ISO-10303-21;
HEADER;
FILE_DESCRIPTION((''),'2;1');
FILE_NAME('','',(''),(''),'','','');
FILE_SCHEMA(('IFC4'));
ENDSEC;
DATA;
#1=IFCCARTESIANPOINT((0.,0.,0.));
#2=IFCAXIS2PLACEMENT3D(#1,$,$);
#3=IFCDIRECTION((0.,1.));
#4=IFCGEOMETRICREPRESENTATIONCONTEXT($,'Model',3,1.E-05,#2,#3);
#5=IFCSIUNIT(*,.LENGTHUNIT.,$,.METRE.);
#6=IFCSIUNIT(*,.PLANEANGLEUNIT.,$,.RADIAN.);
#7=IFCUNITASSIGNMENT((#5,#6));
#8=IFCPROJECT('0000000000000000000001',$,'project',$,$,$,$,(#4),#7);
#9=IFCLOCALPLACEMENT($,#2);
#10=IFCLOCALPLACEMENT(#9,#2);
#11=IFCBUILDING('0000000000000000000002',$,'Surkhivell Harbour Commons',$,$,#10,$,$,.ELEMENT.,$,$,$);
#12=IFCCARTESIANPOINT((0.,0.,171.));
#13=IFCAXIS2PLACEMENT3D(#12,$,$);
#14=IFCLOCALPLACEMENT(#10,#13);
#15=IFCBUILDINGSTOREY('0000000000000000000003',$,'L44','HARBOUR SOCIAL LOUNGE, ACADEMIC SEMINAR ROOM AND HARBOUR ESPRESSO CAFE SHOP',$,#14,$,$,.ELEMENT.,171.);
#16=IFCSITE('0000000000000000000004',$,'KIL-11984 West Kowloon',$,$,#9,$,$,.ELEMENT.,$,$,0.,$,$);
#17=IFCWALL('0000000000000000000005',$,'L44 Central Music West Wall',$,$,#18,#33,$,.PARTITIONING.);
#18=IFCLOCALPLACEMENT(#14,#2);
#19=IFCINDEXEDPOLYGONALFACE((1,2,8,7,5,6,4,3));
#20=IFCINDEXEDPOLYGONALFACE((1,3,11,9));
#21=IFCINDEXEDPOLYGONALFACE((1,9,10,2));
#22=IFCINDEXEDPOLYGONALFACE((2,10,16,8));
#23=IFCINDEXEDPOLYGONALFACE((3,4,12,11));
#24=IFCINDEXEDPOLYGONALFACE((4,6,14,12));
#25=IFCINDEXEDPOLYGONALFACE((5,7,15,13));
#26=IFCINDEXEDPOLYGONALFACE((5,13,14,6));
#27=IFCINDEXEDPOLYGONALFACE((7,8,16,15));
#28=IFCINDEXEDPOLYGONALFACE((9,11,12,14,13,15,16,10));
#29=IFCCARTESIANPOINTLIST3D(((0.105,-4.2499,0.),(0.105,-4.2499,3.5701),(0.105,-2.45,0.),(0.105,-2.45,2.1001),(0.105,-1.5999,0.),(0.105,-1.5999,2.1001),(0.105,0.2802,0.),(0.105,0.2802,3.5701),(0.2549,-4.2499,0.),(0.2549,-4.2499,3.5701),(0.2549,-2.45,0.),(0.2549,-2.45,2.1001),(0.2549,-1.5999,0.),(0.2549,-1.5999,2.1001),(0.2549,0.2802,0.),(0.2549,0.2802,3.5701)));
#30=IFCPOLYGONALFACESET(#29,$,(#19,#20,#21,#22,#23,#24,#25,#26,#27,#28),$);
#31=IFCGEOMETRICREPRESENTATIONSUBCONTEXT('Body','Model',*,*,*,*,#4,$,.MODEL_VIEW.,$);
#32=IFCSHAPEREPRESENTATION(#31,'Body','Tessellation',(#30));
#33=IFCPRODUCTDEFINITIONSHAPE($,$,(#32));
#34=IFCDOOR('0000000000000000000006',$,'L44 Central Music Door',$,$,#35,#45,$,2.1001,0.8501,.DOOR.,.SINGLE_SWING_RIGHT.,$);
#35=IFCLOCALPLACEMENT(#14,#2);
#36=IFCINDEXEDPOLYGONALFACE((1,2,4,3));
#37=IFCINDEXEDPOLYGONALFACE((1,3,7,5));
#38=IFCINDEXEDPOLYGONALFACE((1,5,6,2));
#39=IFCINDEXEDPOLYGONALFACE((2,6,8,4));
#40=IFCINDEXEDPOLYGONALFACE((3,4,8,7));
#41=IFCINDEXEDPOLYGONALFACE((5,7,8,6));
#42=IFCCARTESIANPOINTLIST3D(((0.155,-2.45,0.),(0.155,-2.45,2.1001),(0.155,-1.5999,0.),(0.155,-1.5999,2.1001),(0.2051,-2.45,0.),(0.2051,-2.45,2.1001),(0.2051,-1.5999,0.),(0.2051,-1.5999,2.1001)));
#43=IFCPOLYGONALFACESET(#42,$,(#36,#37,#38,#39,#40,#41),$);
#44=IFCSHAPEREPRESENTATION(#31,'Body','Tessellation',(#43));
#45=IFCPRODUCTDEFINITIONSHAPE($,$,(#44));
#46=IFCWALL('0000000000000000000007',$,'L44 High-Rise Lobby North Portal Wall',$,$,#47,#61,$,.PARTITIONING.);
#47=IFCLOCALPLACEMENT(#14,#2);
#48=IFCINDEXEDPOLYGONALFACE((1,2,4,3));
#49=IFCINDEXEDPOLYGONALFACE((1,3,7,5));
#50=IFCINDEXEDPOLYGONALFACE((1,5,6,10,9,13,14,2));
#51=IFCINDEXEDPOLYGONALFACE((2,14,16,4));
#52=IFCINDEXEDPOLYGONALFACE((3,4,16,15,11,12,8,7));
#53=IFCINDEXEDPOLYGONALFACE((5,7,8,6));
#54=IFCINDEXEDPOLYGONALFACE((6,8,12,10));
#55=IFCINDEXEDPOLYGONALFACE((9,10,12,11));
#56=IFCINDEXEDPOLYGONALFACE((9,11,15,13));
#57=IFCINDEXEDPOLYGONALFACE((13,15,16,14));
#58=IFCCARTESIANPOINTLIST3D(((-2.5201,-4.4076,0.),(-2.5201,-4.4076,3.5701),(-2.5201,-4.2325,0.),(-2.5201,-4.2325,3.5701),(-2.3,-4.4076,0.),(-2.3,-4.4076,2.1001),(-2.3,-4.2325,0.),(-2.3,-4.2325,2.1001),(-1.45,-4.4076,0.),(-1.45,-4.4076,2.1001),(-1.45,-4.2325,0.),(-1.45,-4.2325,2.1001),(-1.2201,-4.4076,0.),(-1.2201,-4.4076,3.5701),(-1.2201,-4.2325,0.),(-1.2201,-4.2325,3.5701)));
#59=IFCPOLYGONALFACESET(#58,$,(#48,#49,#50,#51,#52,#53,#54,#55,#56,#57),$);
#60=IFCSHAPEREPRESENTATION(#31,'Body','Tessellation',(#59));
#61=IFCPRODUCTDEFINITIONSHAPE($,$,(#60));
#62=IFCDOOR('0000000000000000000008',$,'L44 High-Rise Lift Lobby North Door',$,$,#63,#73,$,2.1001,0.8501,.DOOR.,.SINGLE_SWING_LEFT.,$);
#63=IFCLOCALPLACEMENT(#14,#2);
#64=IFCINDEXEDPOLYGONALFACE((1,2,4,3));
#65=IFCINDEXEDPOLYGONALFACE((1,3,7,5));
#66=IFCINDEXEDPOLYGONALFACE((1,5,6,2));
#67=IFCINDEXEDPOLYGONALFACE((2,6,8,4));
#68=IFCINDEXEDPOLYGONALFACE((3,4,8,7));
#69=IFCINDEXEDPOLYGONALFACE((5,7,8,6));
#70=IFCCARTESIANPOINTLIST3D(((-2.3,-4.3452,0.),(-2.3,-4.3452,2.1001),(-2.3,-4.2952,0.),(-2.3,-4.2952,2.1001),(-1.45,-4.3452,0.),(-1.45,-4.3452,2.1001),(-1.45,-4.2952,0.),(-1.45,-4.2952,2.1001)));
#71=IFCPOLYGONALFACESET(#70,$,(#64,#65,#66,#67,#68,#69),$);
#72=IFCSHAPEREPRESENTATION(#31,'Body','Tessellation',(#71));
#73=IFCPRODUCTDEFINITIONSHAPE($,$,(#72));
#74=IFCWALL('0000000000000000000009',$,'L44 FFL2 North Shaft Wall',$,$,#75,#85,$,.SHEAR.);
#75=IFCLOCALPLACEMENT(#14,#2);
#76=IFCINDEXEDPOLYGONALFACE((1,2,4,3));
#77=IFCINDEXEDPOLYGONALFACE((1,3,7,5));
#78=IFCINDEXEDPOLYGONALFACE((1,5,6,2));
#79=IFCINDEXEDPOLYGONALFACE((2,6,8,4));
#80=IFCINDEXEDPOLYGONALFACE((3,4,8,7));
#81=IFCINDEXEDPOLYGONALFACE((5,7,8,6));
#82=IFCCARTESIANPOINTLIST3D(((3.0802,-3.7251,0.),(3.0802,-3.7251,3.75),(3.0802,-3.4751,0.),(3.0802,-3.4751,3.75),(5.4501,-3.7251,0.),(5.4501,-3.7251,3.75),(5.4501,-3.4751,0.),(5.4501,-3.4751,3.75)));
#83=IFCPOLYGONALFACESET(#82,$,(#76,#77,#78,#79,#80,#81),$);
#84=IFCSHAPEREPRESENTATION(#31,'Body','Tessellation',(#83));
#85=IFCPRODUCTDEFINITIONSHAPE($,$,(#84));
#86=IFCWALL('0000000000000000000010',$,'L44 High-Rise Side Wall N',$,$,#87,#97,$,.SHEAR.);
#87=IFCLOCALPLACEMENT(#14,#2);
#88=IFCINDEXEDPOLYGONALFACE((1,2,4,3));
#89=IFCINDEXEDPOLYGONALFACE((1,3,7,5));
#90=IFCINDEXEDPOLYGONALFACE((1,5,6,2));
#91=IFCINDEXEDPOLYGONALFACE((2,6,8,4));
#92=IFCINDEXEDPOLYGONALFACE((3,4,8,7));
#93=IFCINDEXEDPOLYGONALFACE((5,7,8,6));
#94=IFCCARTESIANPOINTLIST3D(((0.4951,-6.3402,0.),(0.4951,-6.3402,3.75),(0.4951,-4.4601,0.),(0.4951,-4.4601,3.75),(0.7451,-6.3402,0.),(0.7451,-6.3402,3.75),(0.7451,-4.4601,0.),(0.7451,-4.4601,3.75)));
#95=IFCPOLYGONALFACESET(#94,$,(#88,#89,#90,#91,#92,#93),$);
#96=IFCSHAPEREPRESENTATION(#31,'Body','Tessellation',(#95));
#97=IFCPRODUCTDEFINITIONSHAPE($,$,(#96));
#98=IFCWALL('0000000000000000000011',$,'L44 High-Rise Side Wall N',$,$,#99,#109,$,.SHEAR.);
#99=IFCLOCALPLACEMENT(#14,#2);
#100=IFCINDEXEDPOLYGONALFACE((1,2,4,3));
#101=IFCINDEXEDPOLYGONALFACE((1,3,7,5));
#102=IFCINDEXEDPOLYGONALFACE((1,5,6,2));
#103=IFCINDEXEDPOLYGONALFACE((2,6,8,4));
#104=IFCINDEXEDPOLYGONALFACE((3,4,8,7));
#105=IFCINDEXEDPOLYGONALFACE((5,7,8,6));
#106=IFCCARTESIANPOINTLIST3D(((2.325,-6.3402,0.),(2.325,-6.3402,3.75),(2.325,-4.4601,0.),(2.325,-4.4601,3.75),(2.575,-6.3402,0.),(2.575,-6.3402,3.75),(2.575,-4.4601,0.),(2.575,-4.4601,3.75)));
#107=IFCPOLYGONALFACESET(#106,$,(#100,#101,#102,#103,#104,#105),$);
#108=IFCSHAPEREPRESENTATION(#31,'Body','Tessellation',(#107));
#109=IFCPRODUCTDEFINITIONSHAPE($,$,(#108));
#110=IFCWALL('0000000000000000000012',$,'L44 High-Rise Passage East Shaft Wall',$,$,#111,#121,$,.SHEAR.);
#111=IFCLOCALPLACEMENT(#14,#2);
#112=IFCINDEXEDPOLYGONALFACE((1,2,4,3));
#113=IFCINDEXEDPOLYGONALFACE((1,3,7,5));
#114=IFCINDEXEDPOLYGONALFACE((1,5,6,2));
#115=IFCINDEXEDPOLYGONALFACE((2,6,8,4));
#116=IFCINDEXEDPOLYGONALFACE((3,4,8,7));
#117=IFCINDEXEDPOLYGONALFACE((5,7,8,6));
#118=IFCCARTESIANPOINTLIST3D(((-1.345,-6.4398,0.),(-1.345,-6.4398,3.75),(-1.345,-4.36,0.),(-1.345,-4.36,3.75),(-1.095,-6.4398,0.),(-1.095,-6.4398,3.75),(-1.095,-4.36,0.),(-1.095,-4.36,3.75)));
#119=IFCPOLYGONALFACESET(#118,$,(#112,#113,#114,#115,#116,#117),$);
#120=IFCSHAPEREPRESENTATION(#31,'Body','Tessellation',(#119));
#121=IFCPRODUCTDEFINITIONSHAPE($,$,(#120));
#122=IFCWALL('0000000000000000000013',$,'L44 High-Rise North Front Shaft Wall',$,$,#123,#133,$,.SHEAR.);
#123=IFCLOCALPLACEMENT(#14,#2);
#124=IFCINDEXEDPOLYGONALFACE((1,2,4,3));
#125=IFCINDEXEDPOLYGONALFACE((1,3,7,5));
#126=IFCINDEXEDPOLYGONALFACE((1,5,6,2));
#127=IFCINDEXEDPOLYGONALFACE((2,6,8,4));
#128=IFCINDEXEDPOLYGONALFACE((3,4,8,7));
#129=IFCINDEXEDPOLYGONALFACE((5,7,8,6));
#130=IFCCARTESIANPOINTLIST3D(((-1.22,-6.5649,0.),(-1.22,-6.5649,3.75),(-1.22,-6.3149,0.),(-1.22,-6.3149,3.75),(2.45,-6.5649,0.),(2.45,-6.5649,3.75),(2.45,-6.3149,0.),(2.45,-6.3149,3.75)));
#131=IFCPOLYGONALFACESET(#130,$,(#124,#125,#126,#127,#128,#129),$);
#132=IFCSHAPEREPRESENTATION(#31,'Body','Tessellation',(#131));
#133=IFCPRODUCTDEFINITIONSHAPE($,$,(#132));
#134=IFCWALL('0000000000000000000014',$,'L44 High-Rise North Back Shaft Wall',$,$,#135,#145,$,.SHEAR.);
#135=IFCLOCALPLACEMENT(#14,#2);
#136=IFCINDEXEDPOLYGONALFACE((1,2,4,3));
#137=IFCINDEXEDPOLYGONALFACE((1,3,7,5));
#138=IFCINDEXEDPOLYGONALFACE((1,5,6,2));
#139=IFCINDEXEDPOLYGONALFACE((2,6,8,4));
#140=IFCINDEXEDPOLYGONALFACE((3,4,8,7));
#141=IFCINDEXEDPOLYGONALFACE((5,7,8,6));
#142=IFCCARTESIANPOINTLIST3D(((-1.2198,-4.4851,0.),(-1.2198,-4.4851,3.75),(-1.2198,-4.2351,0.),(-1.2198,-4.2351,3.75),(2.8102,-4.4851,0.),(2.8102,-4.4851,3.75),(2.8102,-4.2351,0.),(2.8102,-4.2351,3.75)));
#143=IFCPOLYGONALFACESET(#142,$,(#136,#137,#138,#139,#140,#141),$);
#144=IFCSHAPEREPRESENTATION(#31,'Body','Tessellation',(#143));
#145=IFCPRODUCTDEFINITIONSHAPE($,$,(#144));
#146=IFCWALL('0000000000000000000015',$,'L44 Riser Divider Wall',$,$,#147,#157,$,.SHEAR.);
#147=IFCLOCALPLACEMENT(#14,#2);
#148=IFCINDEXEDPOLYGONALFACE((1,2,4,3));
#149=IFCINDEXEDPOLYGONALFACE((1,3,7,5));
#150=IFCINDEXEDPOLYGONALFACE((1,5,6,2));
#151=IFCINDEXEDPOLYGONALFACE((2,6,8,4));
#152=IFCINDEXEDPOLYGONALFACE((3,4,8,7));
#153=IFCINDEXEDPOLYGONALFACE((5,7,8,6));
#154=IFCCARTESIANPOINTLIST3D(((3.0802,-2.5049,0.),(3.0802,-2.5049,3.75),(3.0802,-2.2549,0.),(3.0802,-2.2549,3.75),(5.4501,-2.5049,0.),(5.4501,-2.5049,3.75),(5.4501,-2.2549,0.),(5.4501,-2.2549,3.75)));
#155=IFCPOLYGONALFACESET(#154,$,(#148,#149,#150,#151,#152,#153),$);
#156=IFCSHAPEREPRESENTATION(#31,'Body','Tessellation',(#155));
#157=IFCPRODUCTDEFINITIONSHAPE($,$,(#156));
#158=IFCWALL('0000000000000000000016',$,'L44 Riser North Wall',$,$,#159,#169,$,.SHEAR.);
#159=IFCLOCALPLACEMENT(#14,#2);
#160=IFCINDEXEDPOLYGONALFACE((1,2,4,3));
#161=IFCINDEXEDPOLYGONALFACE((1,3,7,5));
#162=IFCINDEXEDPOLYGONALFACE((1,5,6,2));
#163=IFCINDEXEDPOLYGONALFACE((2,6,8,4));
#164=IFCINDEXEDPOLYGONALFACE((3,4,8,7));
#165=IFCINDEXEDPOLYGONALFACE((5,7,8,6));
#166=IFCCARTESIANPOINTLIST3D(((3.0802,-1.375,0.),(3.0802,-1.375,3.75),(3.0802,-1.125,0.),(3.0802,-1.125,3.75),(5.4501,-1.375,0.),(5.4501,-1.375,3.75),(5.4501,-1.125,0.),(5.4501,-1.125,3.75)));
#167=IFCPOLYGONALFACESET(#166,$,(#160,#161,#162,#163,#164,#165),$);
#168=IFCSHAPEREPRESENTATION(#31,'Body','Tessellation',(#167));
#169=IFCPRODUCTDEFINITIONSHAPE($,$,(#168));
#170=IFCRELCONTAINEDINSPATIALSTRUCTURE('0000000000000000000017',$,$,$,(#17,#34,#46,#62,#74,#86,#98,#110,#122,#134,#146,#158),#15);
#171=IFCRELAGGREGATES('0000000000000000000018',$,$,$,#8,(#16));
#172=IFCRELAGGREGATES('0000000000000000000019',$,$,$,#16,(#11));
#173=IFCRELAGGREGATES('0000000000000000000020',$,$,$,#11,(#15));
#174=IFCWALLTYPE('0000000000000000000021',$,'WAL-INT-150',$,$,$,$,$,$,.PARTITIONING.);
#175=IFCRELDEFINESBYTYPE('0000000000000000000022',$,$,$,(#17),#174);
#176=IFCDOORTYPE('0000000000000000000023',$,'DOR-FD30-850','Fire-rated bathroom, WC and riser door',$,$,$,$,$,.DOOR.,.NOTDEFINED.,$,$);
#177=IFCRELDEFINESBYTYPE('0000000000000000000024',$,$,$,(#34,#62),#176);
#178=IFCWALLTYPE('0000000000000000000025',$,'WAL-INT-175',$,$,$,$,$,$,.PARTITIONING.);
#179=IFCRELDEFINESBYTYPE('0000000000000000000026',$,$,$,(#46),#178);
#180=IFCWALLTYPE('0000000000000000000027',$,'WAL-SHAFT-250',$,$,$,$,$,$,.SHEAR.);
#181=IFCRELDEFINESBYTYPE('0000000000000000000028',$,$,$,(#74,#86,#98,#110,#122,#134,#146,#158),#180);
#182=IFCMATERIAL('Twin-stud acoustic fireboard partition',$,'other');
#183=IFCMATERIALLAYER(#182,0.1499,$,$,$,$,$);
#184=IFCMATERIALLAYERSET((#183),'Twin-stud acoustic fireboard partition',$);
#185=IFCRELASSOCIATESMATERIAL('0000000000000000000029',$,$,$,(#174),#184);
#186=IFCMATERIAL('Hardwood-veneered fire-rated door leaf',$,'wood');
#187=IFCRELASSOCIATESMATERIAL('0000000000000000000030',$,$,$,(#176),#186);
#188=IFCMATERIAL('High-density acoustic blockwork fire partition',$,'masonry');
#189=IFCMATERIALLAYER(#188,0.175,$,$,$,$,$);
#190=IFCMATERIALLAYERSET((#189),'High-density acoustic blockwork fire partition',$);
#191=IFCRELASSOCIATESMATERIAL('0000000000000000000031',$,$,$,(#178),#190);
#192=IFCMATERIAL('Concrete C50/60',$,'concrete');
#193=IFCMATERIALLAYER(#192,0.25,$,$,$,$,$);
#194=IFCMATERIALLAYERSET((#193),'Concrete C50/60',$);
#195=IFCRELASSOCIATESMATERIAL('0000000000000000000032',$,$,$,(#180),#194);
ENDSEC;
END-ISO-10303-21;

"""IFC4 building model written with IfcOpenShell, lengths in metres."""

from ifc_helpers import new_model, si_unit, direction, frame, frame_2d, origin, place, context, subcontext, project, spatial, rectangle, extrude, material, layer, layer_set, type_object, element, fill, save


model = new_model("IFC4")

# Units and contexts
model_context = context("Model", 3, precision=1e-05, world=origin(), true_north=direction((0.0, 1.0)))
body_context = subcontext(model_context, "Body", "Model", "MODEL_VIEW")
ifc_project = project(units=[si_unit("LENGTHUNIT", "METRE"), si_unit("PLANEANGLEUNIT", "RADIAN")], contexts=[model_context])

# Site, building, storey
site_placement = place(None, origin())
site = spatial("IfcSite", under=ifc_project, at=site_placement, Name="KIL-11984 West Kowloon", CompositionType="ELEMENT", RefElevation=0.0)
building_placement = place(site_placement, origin())
building = spatial("IfcBuilding", under=site, at=building_placement, Name="Surkhivell Harbour Commons", CompositionType="ELEMENT")
storey_placement = place(building_placement, frame((0.0, 0.0, 171.0)))
storey = spatial("IfcBuildingStorey", under=building, at=storey_placement, Name="L44", Description="HARBOUR SOCIAL LOUNGE, ACADEMIC SEMINAR ROOM AND HARBOUR ESPRESSO CAFE SHOP", CompositionType="ELEMENT", Elevation=171.0)

# Shared definitions
ifc_material_1 = material(Name="Concrete C50/60", Category="concrete")

# Shared definitions
ifc_material_2 = material(Name="Twin-stud acoustic fireboard partition", Category="other")
ifc_layer_1 = layer(ifc_material_2, 0.1499)
ifc_layer_set_1 = layer_set([ifc_layer_1], Name="Twin-stud acoustic fireboard partition")
wall_type_1 = type_object("IfcWallType", Name="WAL-INT-150", PredefinedType="PARTITIONING", material=ifc_layer_set_1)

# Walls, openings, doors
wall_1_placement = place(storey_placement, frame((0.1799, -4.25, 0.0), z_axis=(0.0, 0.0, 1.0), x_axis=(0.0, 1.0, 0.0)))
wall_1 = element("IfcWall", 1, at=wall_1_placement, inside=storey, type_object=wall_type_1, Name="L44 Central Music West Wall", PredefinedType="PARTITIONING", context=body_context, shape_type="SweptSolid", body=[
    extrude(rectangle(XDim=4.53, YDim=0.1499, at=frame_2d((2.2651, 0.0))), origin(), (0.0, 0.0, 1.0), 3.5701),
])
opening_1_placement = place(wall_1_placement, frame((1.8, 0.0, 0.0)))
opening_1 = element("IfcOpeningElement", 2, at=opening_1_placement, cuts=wall_1, PredefinedType="OPENING", context=body_context, shape_type="SweptSolid", body=[
    extrude(rectangle(XDim=0.8501, YDim=2.1001, at=frame_2d((0.425, 1.05))), frame((0.0, 0.085, 0.0), z_axis=(0.0, -1.0, 0.0), x_axis=(1.0, 0.0, 0.0)), (0.0, 0.0, 1.0), 0.1699),
])
ifc_material_3 = material(Name="Hardwood-veneered fire-rated door leaf", Category="wood")
door_type = type_object("IfcDoorType", Name="DOR-FD30-850", Description="Fire-rated bathroom, WC and riser door", OperationType="NOTDEFINED", PredefinedType="DOOR", material=ifc_material_3)
door_1_placement = place(opening_1_placement, origin())
door_1 = element("IfcDoor", 3, at=door_1_placement, inside=storey, type_object=door_type, Name="L44 Central Music Door", OperationType="SINGLE_SWING_RIGHT", OverallHeight=2.1001, OverallWidth=0.8501, PredefinedType="DOOR", context=body_context, shape_type="SweptSolid", body=[
    extrude(rectangle(XDim=0.8501, YDim=2.1001, at=frame_2d((0.425, 1.05))), frame((0.0, 0.0249, 0.0), z_axis=(0.0, -1.0, 0.0), x_axis=(1.0, 0.0, 0.0)), (0.0, 0.0, 1.0), 0.05),
])
fill(opening_1, door_1)
ifc_material_4 = material(Name="High-density acoustic blockwork fire partition", Category="masonry")
ifc_layer_2 = layer(ifc_material_4, 0.175)
ifc_layer_set_2 = layer_set([ifc_layer_2], Name="High-density acoustic blockwork fire partition")
wall_type_2 = type_object("IfcWallType", Name="WAL-INT-175", PredefinedType="PARTITIONING", material=ifc_layer_set_2)
wall_2_placement = place(storey_placement, frame((-2.52, -4.3201, 0.0), z_axis=(0.0, 0.0, 1.0), x_axis=(1.0, 0.0, 0.0)))
wall_2 = element("IfcWall", 4, at=wall_2_placement, inside=storey, type_object=wall_type_2, Name="L44 High-Rise Lobby North Portal Wall", PredefinedType="PARTITIONING", context=body_context, shape_type="SweptSolid", body=[
    extrude(rectangle(XDim=1.3, YDim=0.175, at=frame_2d((0.6499, 0.0))), origin(), (0.0, 0.0, 1.0), 3.5701),
])
opening_2_placement = place(wall_2_placement, frame((0.22, 0.0, 0.0)))
opening_2 = element("IfcOpeningElement", 5, at=opening_2_placement, cuts=wall_2, PredefinedType="OPENING", context=body_context, shape_type="SweptSolid", body=[
    extrude(rectangle(XDim=0.8501, YDim=2.1001, at=frame_2d((0.425, 1.05))), frame((0.0, 0.0974, 0.0), z_axis=(0.0, -1.0, 0.0), x_axis=(1.0, 0.0, 0.0)), (0.0, 0.0, 1.0), 0.1951),
])
door_2_placement = place(opening_2_placement, origin())
door_2 = element("IfcDoor", 6, at=door_2_placement, inside=storey, type_object=door_type, Name="L44 High-Rise Lift Lobby North Door", OperationType="SINGLE_SWING_LEFT", OverallHeight=2.1001, OverallWidth=0.8501, PredefinedType="DOOR", context=body_context, shape_type="SweptSolid", body=[
    extrude(rectangle(XDim=0.8501, YDim=2.1001, at=frame_2d((0.425, 1.05))), frame((0.0, 0.0249, 0.0), z_axis=(0.0, -1.0, 0.0), x_axis=(1.0, 0.0, 0.0)), (0.0, 0.0, 1.0), 0.05),
])
fill(opening_2, door_2)

# Walls
ifc_layer_3 = layer(ifc_material_1, 0.25)
ifc_layer_set_3 = layer_set([ifc_layer_3], Name="Concrete C50/60")
wall_type_3 = type_object("IfcWallType", Name="WAL-SHAFT-250", PredefinedType="SHEAR", material=ifc_layer_set_3)
wall_3_placement = place(storey_placement, frame((3.0801, -3.6001, 0.0), z_axis=(0.0, 0.0, 1.0), x_axis=(1.0, 0.0, 0.0)))
element("IfcWall", 7, at=wall_3_placement, inside=storey, type_object=wall_type_3, Name="L44 FFL2 North Shaft Wall", PredefinedType="SHEAR", context=body_context, shape_type="SweptSolid", body=[
    extrude(rectangle(XDim=2.3699, YDim=0.25, at=frame_2d((1.1851, 0.0))), origin(), (0.0, 0.0, 1.0), 3.75),
])
for number, where, z_axis, x_axis, name in (
    (8, (0.6201, -6.3401, 0.0), (0.0, 0.0, 1.0), (0.0, 1.0, 0.0), "L44 High-Rise Side Wall N"),
    (9, (2.45, -6.3401, 0.0), (0.0, 0.0, 1.0), (0.0, 1.0, 0.0), "L44 High-Rise Side Wall N"),
):
    element("IfcWall", number, at=place(storey_placement, frame(where, z_axis=z_axis, x_axis=x_axis)), inside=storey, type_object=wall_type_3, Name=name, PredefinedType="SHEAR", context=body_context, shape_type="SweptSolid", body=[
        extrude(rectangle(XDim=1.8801, YDim=0.25, at=frame_2d((0.9399, 0.0))), origin(), (0.0, 0.0, 1.0), 3.75),
    ])
wall_4_placement = place(storey_placement, frame((-1.22, -6.4399, 0.0), z_axis=(0.0, 0.0, 1.0), x_axis=(0.0, 1.0, 0.0)))
element("IfcWall", 10, at=wall_4_placement, inside=storey, type_object=wall_type_3, Name="L44 High-Rise Passage East Shaft Wall", PredefinedType="SHEAR", context=body_context, shape_type="SweptSolid", body=[
    extrude(rectangle(XDim=2.0798, YDim=0.25, at=frame_2d((1.04, 0.0))), origin(), (0.0, 0.0, 1.0), 3.75),
])
wall_5_placement = place(storey_placement, frame((-1.22, -6.4399, 0.0), z_axis=(0.0, 0.0, 1.0), x_axis=(1.0, 0.0, 0.0)))
element("IfcWall", 11, at=wall_5_placement, inside=storey, type_object=wall_type_3, Name="L44 High-Rise North Front Shaft Wall", PredefinedType="SHEAR", context=body_context, shape_type="SweptSolid", body=[
    extrude(rectangle(XDim=3.6699, YDim=0.25, at=frame_2d((1.835, 0.0))), origin(), (0.0, 0.0, 1.0), 3.75),
])
wall_6_placement = place(storey_placement, frame((-1.22, -4.3601, 0.0), z_axis=(0.0, 0.0, 1.0), x_axis=(1.0, 0.0, 0.0)))
element("IfcWall", 12, at=wall_6_placement, inside=storey, type_object=wall_type_3, Name="L44 High-Rise North Back Shaft Wall", PredefinedType="SHEAR", context=body_context, shape_type="SweptSolid", body=[
    extrude(rectangle(XDim=4.03, YDim=0.25, at=frame_2d((2.0151, 0.0))), origin(), (0.0, 0.0, 1.0), 3.75),
])
for number, where, z_axis, x_axis, name in (
    (13, (3.0801, -2.3799, 0.0), (0.0, 0.0, 1.0), (1.0, 0.0, 0.0), "L44 Riser Divider Wall"),
    (14, (3.0801, -1.25, 0.0), (0.0, 0.0, 1.0), (1.0, 0.0, 0.0), "L44 Riser North Wall"),
):
    element("IfcWall", number, at=place(storey_placement, frame(where, z_axis=z_axis, x_axis=x_axis)), inside=storey, type_object=wall_type_3, Name=name, PredefinedType="SHEAR", context=body_context, shape_type="SweptSolid", body=[
        extrude(rectangle(XDim=2.3699, YDim=0.25, at=frame_2d((1.1851, 0.0))), origin(), (0.0, 0.0, 1.0), 3.75),
    ])

save(model, "model.ifc")
